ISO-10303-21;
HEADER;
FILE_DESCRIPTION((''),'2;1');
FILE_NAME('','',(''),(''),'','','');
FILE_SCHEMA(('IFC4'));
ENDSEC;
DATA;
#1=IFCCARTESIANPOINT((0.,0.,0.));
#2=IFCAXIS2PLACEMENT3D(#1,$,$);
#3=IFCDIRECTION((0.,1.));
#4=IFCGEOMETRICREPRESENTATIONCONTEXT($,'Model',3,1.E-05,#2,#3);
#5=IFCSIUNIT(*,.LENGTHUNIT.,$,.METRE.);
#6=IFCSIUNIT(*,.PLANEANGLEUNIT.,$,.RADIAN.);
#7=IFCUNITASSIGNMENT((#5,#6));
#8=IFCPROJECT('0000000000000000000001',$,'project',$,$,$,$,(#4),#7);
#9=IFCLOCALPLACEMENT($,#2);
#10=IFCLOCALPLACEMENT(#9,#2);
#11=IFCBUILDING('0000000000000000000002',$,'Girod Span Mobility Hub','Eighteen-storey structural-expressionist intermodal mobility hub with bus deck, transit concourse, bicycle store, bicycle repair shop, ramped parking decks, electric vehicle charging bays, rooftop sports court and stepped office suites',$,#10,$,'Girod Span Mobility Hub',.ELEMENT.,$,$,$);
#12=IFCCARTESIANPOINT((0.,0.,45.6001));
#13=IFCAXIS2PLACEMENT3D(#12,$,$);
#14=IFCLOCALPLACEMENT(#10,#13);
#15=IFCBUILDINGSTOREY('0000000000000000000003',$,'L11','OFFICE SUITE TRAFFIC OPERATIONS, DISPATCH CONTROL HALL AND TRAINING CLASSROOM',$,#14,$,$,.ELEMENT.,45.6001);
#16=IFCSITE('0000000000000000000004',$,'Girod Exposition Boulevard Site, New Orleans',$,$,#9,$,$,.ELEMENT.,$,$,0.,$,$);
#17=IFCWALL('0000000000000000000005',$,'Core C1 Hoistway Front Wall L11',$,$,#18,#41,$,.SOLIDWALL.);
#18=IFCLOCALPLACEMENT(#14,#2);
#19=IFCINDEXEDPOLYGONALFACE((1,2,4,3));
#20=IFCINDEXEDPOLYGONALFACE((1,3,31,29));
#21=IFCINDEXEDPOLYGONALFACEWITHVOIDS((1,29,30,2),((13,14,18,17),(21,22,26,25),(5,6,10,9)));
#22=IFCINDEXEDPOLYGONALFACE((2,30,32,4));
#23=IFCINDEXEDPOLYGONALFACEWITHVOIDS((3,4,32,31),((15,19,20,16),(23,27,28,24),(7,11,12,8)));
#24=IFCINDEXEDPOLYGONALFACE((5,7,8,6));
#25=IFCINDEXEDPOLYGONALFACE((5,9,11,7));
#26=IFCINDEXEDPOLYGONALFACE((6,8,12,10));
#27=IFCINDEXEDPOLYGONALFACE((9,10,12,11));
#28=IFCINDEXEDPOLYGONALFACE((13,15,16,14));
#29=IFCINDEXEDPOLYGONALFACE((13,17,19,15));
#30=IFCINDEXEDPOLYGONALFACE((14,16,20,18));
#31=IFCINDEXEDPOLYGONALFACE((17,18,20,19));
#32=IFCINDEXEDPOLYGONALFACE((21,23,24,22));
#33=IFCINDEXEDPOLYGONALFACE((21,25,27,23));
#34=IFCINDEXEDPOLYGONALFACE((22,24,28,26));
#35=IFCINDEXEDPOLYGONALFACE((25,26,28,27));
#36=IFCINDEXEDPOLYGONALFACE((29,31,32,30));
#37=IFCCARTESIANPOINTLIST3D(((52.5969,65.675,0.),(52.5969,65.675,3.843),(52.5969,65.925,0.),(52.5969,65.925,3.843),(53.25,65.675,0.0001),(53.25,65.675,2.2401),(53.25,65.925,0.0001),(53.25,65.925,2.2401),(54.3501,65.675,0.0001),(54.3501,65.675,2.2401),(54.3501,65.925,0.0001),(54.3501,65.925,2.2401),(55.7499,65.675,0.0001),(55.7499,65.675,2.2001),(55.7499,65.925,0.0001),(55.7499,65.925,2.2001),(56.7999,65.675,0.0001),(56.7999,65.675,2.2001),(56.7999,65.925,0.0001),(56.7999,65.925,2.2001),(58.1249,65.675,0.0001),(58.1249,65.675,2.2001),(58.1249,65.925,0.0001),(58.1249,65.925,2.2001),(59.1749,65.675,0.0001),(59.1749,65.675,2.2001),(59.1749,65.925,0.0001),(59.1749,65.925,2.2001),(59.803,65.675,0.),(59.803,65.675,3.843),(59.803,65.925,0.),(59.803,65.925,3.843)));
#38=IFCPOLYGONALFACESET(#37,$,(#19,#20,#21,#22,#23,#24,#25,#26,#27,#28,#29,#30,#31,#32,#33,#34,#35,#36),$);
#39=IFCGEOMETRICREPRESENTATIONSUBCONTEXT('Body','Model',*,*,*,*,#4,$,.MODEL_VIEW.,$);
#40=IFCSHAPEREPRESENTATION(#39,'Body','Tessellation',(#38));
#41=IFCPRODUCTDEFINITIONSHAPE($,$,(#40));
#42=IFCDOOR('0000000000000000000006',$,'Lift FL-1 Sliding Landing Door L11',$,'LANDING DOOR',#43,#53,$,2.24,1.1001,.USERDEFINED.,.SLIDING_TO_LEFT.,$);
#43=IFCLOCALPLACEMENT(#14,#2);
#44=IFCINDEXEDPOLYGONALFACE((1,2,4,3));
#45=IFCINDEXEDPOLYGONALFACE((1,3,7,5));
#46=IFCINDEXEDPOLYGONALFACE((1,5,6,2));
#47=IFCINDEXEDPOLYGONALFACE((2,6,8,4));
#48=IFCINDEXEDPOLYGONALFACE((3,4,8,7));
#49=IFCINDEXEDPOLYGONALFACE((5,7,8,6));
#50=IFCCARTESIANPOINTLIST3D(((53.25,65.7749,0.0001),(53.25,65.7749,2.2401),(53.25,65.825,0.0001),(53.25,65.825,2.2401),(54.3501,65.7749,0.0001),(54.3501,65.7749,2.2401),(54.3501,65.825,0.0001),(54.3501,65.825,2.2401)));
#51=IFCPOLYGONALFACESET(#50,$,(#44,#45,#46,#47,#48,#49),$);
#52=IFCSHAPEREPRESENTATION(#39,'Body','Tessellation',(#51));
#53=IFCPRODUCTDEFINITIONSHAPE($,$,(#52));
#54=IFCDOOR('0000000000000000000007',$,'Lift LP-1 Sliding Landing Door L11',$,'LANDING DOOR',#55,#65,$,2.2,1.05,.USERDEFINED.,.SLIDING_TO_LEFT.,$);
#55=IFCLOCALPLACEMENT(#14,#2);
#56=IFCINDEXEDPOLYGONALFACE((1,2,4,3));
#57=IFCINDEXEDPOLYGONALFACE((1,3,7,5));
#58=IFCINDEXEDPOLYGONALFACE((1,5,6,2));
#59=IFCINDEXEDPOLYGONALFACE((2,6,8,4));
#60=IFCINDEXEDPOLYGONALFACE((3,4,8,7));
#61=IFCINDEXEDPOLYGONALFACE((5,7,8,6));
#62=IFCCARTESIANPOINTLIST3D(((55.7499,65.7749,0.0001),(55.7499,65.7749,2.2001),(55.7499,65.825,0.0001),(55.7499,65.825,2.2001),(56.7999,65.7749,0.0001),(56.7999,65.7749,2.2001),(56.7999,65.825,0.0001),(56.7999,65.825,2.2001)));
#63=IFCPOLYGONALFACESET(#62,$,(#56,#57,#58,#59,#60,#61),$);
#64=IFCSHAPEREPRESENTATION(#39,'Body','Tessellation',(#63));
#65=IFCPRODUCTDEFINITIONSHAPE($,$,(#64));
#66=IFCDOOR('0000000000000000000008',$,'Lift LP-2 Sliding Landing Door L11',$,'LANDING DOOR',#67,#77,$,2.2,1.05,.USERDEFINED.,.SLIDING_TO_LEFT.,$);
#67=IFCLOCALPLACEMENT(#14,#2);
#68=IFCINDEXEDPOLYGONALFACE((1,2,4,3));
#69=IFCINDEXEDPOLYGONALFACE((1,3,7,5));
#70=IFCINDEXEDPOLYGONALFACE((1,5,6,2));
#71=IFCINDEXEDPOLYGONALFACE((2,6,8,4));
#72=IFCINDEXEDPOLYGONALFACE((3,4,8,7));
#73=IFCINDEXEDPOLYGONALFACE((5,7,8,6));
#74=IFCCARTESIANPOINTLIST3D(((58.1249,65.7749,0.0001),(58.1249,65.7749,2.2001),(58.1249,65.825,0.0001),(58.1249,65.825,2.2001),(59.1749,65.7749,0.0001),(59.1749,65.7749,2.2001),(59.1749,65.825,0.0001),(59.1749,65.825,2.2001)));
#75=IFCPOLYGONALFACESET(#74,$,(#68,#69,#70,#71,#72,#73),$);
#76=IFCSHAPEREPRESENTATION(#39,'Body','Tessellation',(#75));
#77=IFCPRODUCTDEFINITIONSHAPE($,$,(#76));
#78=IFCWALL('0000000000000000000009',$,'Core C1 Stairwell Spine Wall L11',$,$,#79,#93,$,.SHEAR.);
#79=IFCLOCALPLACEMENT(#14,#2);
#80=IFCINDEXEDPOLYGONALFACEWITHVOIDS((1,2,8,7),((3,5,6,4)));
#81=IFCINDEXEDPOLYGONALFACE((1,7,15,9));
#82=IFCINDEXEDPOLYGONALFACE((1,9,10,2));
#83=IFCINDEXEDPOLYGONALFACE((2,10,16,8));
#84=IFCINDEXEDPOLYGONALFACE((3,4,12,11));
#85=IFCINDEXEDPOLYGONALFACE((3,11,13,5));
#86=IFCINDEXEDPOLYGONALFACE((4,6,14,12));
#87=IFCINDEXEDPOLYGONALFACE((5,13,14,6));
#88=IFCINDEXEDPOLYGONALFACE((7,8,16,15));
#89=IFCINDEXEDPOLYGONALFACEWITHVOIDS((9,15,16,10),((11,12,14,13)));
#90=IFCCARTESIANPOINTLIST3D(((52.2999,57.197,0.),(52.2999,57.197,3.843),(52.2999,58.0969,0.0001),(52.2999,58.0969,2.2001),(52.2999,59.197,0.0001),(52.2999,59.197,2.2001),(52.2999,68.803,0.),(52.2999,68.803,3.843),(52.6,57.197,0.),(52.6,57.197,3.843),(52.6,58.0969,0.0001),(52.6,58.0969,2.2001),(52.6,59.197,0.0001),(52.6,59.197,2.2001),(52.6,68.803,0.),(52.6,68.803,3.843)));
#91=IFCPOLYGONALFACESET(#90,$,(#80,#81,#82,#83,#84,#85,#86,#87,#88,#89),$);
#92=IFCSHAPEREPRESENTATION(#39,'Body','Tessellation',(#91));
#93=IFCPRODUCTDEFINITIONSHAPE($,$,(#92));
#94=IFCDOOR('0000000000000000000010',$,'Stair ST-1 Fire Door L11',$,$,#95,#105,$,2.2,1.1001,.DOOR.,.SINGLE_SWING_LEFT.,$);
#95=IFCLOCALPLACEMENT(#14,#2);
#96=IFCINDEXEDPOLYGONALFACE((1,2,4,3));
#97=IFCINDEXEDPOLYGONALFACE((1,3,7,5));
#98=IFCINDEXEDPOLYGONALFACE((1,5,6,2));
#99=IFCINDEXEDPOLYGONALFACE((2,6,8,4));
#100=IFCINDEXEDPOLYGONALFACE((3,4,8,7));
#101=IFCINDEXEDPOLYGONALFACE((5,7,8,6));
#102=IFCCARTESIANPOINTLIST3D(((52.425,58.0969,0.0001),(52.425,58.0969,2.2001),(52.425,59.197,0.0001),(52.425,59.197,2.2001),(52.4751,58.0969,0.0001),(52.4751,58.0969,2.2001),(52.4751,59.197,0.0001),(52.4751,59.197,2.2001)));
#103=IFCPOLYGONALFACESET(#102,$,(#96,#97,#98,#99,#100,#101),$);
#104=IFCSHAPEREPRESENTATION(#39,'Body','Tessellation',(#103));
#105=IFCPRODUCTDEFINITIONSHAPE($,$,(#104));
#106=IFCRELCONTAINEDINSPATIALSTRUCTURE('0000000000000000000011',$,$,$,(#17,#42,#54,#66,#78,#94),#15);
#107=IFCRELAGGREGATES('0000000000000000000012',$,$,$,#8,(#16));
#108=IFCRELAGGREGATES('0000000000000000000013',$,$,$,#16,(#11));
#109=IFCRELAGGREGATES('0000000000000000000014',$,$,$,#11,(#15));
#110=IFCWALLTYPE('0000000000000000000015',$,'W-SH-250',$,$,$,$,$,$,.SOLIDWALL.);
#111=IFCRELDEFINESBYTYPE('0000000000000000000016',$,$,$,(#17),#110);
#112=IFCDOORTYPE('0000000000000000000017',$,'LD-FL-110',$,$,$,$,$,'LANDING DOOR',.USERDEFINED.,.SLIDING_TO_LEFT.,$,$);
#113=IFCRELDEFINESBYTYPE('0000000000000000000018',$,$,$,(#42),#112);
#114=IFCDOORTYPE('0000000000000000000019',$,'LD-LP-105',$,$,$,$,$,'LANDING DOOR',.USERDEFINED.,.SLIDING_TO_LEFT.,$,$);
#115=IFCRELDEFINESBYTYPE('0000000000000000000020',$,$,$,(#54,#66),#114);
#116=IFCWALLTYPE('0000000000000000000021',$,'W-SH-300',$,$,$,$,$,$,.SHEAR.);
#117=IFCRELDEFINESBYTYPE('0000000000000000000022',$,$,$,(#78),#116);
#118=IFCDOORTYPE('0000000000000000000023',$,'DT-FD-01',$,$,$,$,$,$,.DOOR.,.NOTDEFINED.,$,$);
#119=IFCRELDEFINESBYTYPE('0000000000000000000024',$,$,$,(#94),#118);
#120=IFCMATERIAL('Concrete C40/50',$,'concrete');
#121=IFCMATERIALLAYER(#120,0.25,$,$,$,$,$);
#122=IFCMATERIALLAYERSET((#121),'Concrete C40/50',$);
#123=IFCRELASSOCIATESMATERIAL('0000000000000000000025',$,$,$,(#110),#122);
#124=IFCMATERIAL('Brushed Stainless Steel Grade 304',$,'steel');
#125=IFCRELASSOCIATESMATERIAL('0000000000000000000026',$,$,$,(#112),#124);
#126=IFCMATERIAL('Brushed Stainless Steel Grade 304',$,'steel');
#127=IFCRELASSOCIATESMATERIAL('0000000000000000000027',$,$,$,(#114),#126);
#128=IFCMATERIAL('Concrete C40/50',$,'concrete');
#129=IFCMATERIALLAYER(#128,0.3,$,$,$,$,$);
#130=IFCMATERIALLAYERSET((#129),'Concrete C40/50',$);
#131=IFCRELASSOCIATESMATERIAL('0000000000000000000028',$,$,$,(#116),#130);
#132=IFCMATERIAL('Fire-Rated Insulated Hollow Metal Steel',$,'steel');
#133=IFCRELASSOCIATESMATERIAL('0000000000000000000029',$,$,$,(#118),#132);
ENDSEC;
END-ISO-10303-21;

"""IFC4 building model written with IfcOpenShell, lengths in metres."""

from ifc_helpers import new_model, si_unit, direction, frame, frame_2d, origin, place, context, subcontext, project, spatial, rectangle, extrude, material, layer, layer_set, type_object, element, fill, save


model = new_model("IFC4")

# Units and contexts
model_context = context("Model", 3, precision=1e-05, world=origin(), true_north=direction((0.0, 1.0)))
body_context = subcontext(model_context, "Body", "Model", "MODEL_VIEW")
ifc_project = project(units=[si_unit("LENGTHUNIT", "METRE"), si_unit("PLANEANGLEUNIT", "RADIAN")], contexts=[model_context])

# Site, building, storey
site_placement = place(None, origin())
site = spatial("IfcSite", under=ifc_project, at=site_placement, Name="Girod Exposition Boulevard Site, New Orleans", CompositionType="ELEMENT", RefElevation=0.0)
building_placement = place(site_placement, origin())
building = spatial("IfcBuilding", under=site, at=building_placement, Name="Girod Span Mobility Hub", Description="Eighteen-storey structural-expressionist intermodal mobility hub with bus deck, transit concourse, bicycle store, bicycle repair shop, ramped parking decks, electric vehicle charging bays, rooftop sports court and stepped office suites", LongName="Girod Span Mobility Hub", CompositionType="ELEMENT")
storey_placement = place(building_placement, frame((0.0, 0.0, 45.6001)))
storey = spatial("IfcBuildingStorey", under=building, at=storey_placement, Name="L11", Description="OFFICE SUITE TRAFFIC OPERATIONS, DISPATCH CONTROL HALL AND TRAINING CLASSROOM", CompositionType="ELEMENT", Elevation=45.6001)

# Wall, openings, doors
ifc_material_1 = material(Name="Concrete C40/50", Category="concrete")
ifc_layer_1 = layer(ifc_material_1, 0.25)
ifc_layer_set_1 = layer_set([ifc_layer_1], Name="Concrete C40/50")
wall_type_1 = type_object("IfcWallType", Name="W-SH-250", PredefinedType="SOLIDWALL", material=ifc_layer_set_1)
wall_1_placement = place(storey_placement, frame((52.5969, 65.8, 0.0), z_axis=(0.0, 0.0, 1.0), x_axis=(1.0, 0.0, 0.0)))
wall_1 = element("IfcWall", 1, at=wall_1_placement, inside=storey, type_object=wall_type_1, Name="Core C1 Hoistway Front Wall L11", PredefinedType="SOLIDWALL", context=body_context, shape_type="SweptSolid", body=[
    extrude(rectangle(XDim=7.2061, YDim=0.25, at=frame_2d((3.603, 0.0))), origin(), (0.0, 0.0, 1.0), 3.843),
])
opening_1_placement = place(wall_1_placement, frame((0.6531, 0.0, 0.0)))
opening_1 = element("IfcOpeningElement", 2, at=opening_1_placement, cuts=wall_1, PredefinedType="OPENING", context=body_context, shape_type="SweptSolid", body=[
    extrude(rectangle(XDim=1.1001, YDim=2.24, at=frame_2d((0.55, 1.1201))), frame((0.0, 0.1399, 0.0), z_axis=(0.0, -1.0, 0.0), x_axis=(1.0, 0.0, 0.0)), (0.0, 0.0, 1.0), 0.28),
])
opening_2_placement = place(wall_1_placement, frame((3.1531, 0.0, 0.0)))
opening_2 = element("IfcOpeningElement", 3, at=opening_2_placement, cuts=wall_1, PredefinedType="OPENING", context=body_context, shape_type="SweptSolid", body=[
    extrude(rectangle(XDim=1.05, YDim=2.2, at=frame_2d((0.5249, 1.1001))), frame((0.0, 0.1399, 0.0), z_axis=(0.0, -1.0, 0.0), x_axis=(1.0, 0.0, 0.0)), (0.0, 0.0, 1.0), 0.28),
])
opening_3_placement = place(wall_1_placement, frame((5.5281, 0.0, 0.0)))
opening_3 = element("IfcOpeningElement", 4, at=opening_3_placement, cuts=wall_1, PredefinedType="OPENING", context=body_context, shape_type="SweptSolid", body=[
    extrude(rectangle(XDim=1.05, YDim=2.2, at=frame_2d((0.5249, 1.1001))), frame((0.0, 0.1399, 0.0), z_axis=(0.0, -1.0, 0.0), x_axis=(1.0, 0.0, 0.0)), (0.0, 0.0, 1.0), 0.28),
])
ifc_material_2 = material(Name="Brushed Stainless Steel Grade 304", Category="steel")
door_type_1 = type_object("IfcDoorType", Name="LD-FL-110", ElementType="LANDING DOOR", OperationType="SLIDING_TO_LEFT", PredefinedType="USERDEFINED", material=ifc_material_2)
door_1_placement = place(opening_1_placement, origin())
door_1 = element("IfcDoor", 5, at=door_1_placement, inside=storey, type_object=door_type_1, Name="Lift FL-1 Sliding Landing Door L11", ObjectType="LANDING DOOR", OperationType="SLIDING_TO_LEFT", OverallHeight=2.24, OverallWidth=1.1001, PredefinedType="USERDEFINED", context=body_context, shape_type="SweptSolid", body=[
    extrude(rectangle(XDim=1.1001, YDim=2.24, at=frame_2d((0.55, 1.1201))), frame((0.0, 0.0249, 0.0), z_axis=(0.0, -1.0, 0.0), x_axis=(1.0, 0.0, 0.0)), (0.0, 0.0, 1.0), 0.05),
])
fill(opening_1, door_1)
ifc_material_3 = material(Name="Brushed Stainless Steel Grade 304", Category="steel")
door_type_2 = type_object("IfcDoorType", Name="LD-LP-105", ElementType="LANDING DOOR", OperationType="SLIDING_TO_LEFT", PredefinedType="USERDEFINED", material=ifc_material_3)
door_2_placement = place(opening_2_placement, origin())
door_2 = element("IfcDoor", 6, at=door_2_placement, inside=storey, type_object=door_type_2, Name="Lift LP-1 Sliding Landing Door L11", ObjectType="LANDING DOOR", OperationType="SLIDING_TO_LEFT", OverallHeight=2.2, OverallWidth=1.05, PredefinedType="USERDEFINED", context=body_context, shape_type="SweptSolid", body=[
    extrude(rectangle(XDim=1.05, YDim=2.2, at=frame_2d((0.5249, 1.1001))), frame((0.0, 0.0249, 0.0), z_axis=(0.0, -1.0, 0.0), x_axis=(1.0, 0.0, 0.0)), (0.0, 0.0, 1.0), 0.05),
])
fill(opening_2, door_2)
door_3_placement = place(opening_3_placement, origin())
door_3 = element("IfcDoor", 7, at=door_3_placement, inside=storey, type_object=door_type_2, Name="Lift LP-2 Sliding Landing Door L11", ObjectType="LANDING DOOR", OperationType="SLIDING_TO_LEFT", OverallHeight=2.2, OverallWidth=1.05, PredefinedType="USERDEFINED", context=body_context, shape_type="SweptSolid", body=[
    extrude(rectangle(XDim=1.05, YDim=2.2, at=frame_2d((0.5249, 1.1001))), frame((0.0, 0.0249, 0.0), z_axis=(0.0, -1.0, 0.0), x_axis=(1.0, 0.0, 0.0)), (0.0, 0.0, 1.0), 0.05),
])
fill(opening_3, door_3)

# Wall, opening, door
ifc_material_4 = material(Name="Concrete C40/50", Category="concrete")
ifc_layer_2 = layer(ifc_material_4, 0.3)
ifc_layer_set_2 = layer_set([ifc_layer_2], Name="Concrete C40/50")
wall_type_2 = type_object("IfcWallType", Name="W-SH-300", PredefinedType="SHEAR", material=ifc_layer_set_2)
wall_2_placement = place(storey_placement, frame((52.45, 57.197, 0.0), z_axis=(0.0, 0.0, 1.0), x_axis=(0.0, 1.0, 0.0)))
wall_2 = element("IfcWall", 8, at=wall_2_placement, inside=storey, type_object=wall_type_2, Name="Core C1 Stairwell Spine Wall L11", PredefinedType="SHEAR", context=body_context, shape_type="SweptSolid", body=[
    extrude(rectangle(XDim=11.606, YDim=0.3, at=frame_2d((5.803, 0.0))), origin(), (0.0, 0.0, 1.0), 3.843),
])
opening_4_placement = place(wall_2_placement, frame((0.8999, 0.0, 0.0)))
opening_4 = element("IfcOpeningElement", 9, at=opening_4_placement, cuts=wall_2, PredefinedType="OPENING", context=body_context, shape_type="SweptSolid", body=[
    extrude(rectangle(XDim=1.1001, YDim=2.2, at=frame_2d((0.55, 1.1001))), frame((0.0, 0.165, 0.0), z_axis=(0.0, -1.0, 0.0), x_axis=(1.0, 0.0, 0.0)), (0.0, 0.0, 1.0), 0.3301),
])
ifc_material_5 = material(Name="Fire-Rated Insulated Hollow Metal Steel", Category="steel")
door_type_3 = type_object("IfcDoorType", Name="DT-FD-01", OperationType="NOTDEFINED", PredefinedType="DOOR", material=ifc_material_5)
door_4_placement = place(opening_4_placement, origin())
door_4 = element("IfcDoor", 10, at=door_4_placement, inside=storey, type_object=door_type_3, Name="Stair ST-1 Fire Door L11", OperationType="SINGLE_SWING_LEFT", OverallHeight=2.2, OverallWidth=1.1001, PredefinedType="DOOR", context=body_context, shape_type="SweptSolid", body=[
    extrude(rectangle(XDim=1.1001, YDim=2.2, at=frame_2d((0.55, 1.1001))), frame((0.0, 0.0249, 0.0), z_axis=(0.0, -1.0, 0.0), x_axis=(1.0, 0.0, 0.0)), (0.0, 0.0, 1.0), 0.05),
])
fill(opening_4, door_4)

save(model, "model.ifc")
